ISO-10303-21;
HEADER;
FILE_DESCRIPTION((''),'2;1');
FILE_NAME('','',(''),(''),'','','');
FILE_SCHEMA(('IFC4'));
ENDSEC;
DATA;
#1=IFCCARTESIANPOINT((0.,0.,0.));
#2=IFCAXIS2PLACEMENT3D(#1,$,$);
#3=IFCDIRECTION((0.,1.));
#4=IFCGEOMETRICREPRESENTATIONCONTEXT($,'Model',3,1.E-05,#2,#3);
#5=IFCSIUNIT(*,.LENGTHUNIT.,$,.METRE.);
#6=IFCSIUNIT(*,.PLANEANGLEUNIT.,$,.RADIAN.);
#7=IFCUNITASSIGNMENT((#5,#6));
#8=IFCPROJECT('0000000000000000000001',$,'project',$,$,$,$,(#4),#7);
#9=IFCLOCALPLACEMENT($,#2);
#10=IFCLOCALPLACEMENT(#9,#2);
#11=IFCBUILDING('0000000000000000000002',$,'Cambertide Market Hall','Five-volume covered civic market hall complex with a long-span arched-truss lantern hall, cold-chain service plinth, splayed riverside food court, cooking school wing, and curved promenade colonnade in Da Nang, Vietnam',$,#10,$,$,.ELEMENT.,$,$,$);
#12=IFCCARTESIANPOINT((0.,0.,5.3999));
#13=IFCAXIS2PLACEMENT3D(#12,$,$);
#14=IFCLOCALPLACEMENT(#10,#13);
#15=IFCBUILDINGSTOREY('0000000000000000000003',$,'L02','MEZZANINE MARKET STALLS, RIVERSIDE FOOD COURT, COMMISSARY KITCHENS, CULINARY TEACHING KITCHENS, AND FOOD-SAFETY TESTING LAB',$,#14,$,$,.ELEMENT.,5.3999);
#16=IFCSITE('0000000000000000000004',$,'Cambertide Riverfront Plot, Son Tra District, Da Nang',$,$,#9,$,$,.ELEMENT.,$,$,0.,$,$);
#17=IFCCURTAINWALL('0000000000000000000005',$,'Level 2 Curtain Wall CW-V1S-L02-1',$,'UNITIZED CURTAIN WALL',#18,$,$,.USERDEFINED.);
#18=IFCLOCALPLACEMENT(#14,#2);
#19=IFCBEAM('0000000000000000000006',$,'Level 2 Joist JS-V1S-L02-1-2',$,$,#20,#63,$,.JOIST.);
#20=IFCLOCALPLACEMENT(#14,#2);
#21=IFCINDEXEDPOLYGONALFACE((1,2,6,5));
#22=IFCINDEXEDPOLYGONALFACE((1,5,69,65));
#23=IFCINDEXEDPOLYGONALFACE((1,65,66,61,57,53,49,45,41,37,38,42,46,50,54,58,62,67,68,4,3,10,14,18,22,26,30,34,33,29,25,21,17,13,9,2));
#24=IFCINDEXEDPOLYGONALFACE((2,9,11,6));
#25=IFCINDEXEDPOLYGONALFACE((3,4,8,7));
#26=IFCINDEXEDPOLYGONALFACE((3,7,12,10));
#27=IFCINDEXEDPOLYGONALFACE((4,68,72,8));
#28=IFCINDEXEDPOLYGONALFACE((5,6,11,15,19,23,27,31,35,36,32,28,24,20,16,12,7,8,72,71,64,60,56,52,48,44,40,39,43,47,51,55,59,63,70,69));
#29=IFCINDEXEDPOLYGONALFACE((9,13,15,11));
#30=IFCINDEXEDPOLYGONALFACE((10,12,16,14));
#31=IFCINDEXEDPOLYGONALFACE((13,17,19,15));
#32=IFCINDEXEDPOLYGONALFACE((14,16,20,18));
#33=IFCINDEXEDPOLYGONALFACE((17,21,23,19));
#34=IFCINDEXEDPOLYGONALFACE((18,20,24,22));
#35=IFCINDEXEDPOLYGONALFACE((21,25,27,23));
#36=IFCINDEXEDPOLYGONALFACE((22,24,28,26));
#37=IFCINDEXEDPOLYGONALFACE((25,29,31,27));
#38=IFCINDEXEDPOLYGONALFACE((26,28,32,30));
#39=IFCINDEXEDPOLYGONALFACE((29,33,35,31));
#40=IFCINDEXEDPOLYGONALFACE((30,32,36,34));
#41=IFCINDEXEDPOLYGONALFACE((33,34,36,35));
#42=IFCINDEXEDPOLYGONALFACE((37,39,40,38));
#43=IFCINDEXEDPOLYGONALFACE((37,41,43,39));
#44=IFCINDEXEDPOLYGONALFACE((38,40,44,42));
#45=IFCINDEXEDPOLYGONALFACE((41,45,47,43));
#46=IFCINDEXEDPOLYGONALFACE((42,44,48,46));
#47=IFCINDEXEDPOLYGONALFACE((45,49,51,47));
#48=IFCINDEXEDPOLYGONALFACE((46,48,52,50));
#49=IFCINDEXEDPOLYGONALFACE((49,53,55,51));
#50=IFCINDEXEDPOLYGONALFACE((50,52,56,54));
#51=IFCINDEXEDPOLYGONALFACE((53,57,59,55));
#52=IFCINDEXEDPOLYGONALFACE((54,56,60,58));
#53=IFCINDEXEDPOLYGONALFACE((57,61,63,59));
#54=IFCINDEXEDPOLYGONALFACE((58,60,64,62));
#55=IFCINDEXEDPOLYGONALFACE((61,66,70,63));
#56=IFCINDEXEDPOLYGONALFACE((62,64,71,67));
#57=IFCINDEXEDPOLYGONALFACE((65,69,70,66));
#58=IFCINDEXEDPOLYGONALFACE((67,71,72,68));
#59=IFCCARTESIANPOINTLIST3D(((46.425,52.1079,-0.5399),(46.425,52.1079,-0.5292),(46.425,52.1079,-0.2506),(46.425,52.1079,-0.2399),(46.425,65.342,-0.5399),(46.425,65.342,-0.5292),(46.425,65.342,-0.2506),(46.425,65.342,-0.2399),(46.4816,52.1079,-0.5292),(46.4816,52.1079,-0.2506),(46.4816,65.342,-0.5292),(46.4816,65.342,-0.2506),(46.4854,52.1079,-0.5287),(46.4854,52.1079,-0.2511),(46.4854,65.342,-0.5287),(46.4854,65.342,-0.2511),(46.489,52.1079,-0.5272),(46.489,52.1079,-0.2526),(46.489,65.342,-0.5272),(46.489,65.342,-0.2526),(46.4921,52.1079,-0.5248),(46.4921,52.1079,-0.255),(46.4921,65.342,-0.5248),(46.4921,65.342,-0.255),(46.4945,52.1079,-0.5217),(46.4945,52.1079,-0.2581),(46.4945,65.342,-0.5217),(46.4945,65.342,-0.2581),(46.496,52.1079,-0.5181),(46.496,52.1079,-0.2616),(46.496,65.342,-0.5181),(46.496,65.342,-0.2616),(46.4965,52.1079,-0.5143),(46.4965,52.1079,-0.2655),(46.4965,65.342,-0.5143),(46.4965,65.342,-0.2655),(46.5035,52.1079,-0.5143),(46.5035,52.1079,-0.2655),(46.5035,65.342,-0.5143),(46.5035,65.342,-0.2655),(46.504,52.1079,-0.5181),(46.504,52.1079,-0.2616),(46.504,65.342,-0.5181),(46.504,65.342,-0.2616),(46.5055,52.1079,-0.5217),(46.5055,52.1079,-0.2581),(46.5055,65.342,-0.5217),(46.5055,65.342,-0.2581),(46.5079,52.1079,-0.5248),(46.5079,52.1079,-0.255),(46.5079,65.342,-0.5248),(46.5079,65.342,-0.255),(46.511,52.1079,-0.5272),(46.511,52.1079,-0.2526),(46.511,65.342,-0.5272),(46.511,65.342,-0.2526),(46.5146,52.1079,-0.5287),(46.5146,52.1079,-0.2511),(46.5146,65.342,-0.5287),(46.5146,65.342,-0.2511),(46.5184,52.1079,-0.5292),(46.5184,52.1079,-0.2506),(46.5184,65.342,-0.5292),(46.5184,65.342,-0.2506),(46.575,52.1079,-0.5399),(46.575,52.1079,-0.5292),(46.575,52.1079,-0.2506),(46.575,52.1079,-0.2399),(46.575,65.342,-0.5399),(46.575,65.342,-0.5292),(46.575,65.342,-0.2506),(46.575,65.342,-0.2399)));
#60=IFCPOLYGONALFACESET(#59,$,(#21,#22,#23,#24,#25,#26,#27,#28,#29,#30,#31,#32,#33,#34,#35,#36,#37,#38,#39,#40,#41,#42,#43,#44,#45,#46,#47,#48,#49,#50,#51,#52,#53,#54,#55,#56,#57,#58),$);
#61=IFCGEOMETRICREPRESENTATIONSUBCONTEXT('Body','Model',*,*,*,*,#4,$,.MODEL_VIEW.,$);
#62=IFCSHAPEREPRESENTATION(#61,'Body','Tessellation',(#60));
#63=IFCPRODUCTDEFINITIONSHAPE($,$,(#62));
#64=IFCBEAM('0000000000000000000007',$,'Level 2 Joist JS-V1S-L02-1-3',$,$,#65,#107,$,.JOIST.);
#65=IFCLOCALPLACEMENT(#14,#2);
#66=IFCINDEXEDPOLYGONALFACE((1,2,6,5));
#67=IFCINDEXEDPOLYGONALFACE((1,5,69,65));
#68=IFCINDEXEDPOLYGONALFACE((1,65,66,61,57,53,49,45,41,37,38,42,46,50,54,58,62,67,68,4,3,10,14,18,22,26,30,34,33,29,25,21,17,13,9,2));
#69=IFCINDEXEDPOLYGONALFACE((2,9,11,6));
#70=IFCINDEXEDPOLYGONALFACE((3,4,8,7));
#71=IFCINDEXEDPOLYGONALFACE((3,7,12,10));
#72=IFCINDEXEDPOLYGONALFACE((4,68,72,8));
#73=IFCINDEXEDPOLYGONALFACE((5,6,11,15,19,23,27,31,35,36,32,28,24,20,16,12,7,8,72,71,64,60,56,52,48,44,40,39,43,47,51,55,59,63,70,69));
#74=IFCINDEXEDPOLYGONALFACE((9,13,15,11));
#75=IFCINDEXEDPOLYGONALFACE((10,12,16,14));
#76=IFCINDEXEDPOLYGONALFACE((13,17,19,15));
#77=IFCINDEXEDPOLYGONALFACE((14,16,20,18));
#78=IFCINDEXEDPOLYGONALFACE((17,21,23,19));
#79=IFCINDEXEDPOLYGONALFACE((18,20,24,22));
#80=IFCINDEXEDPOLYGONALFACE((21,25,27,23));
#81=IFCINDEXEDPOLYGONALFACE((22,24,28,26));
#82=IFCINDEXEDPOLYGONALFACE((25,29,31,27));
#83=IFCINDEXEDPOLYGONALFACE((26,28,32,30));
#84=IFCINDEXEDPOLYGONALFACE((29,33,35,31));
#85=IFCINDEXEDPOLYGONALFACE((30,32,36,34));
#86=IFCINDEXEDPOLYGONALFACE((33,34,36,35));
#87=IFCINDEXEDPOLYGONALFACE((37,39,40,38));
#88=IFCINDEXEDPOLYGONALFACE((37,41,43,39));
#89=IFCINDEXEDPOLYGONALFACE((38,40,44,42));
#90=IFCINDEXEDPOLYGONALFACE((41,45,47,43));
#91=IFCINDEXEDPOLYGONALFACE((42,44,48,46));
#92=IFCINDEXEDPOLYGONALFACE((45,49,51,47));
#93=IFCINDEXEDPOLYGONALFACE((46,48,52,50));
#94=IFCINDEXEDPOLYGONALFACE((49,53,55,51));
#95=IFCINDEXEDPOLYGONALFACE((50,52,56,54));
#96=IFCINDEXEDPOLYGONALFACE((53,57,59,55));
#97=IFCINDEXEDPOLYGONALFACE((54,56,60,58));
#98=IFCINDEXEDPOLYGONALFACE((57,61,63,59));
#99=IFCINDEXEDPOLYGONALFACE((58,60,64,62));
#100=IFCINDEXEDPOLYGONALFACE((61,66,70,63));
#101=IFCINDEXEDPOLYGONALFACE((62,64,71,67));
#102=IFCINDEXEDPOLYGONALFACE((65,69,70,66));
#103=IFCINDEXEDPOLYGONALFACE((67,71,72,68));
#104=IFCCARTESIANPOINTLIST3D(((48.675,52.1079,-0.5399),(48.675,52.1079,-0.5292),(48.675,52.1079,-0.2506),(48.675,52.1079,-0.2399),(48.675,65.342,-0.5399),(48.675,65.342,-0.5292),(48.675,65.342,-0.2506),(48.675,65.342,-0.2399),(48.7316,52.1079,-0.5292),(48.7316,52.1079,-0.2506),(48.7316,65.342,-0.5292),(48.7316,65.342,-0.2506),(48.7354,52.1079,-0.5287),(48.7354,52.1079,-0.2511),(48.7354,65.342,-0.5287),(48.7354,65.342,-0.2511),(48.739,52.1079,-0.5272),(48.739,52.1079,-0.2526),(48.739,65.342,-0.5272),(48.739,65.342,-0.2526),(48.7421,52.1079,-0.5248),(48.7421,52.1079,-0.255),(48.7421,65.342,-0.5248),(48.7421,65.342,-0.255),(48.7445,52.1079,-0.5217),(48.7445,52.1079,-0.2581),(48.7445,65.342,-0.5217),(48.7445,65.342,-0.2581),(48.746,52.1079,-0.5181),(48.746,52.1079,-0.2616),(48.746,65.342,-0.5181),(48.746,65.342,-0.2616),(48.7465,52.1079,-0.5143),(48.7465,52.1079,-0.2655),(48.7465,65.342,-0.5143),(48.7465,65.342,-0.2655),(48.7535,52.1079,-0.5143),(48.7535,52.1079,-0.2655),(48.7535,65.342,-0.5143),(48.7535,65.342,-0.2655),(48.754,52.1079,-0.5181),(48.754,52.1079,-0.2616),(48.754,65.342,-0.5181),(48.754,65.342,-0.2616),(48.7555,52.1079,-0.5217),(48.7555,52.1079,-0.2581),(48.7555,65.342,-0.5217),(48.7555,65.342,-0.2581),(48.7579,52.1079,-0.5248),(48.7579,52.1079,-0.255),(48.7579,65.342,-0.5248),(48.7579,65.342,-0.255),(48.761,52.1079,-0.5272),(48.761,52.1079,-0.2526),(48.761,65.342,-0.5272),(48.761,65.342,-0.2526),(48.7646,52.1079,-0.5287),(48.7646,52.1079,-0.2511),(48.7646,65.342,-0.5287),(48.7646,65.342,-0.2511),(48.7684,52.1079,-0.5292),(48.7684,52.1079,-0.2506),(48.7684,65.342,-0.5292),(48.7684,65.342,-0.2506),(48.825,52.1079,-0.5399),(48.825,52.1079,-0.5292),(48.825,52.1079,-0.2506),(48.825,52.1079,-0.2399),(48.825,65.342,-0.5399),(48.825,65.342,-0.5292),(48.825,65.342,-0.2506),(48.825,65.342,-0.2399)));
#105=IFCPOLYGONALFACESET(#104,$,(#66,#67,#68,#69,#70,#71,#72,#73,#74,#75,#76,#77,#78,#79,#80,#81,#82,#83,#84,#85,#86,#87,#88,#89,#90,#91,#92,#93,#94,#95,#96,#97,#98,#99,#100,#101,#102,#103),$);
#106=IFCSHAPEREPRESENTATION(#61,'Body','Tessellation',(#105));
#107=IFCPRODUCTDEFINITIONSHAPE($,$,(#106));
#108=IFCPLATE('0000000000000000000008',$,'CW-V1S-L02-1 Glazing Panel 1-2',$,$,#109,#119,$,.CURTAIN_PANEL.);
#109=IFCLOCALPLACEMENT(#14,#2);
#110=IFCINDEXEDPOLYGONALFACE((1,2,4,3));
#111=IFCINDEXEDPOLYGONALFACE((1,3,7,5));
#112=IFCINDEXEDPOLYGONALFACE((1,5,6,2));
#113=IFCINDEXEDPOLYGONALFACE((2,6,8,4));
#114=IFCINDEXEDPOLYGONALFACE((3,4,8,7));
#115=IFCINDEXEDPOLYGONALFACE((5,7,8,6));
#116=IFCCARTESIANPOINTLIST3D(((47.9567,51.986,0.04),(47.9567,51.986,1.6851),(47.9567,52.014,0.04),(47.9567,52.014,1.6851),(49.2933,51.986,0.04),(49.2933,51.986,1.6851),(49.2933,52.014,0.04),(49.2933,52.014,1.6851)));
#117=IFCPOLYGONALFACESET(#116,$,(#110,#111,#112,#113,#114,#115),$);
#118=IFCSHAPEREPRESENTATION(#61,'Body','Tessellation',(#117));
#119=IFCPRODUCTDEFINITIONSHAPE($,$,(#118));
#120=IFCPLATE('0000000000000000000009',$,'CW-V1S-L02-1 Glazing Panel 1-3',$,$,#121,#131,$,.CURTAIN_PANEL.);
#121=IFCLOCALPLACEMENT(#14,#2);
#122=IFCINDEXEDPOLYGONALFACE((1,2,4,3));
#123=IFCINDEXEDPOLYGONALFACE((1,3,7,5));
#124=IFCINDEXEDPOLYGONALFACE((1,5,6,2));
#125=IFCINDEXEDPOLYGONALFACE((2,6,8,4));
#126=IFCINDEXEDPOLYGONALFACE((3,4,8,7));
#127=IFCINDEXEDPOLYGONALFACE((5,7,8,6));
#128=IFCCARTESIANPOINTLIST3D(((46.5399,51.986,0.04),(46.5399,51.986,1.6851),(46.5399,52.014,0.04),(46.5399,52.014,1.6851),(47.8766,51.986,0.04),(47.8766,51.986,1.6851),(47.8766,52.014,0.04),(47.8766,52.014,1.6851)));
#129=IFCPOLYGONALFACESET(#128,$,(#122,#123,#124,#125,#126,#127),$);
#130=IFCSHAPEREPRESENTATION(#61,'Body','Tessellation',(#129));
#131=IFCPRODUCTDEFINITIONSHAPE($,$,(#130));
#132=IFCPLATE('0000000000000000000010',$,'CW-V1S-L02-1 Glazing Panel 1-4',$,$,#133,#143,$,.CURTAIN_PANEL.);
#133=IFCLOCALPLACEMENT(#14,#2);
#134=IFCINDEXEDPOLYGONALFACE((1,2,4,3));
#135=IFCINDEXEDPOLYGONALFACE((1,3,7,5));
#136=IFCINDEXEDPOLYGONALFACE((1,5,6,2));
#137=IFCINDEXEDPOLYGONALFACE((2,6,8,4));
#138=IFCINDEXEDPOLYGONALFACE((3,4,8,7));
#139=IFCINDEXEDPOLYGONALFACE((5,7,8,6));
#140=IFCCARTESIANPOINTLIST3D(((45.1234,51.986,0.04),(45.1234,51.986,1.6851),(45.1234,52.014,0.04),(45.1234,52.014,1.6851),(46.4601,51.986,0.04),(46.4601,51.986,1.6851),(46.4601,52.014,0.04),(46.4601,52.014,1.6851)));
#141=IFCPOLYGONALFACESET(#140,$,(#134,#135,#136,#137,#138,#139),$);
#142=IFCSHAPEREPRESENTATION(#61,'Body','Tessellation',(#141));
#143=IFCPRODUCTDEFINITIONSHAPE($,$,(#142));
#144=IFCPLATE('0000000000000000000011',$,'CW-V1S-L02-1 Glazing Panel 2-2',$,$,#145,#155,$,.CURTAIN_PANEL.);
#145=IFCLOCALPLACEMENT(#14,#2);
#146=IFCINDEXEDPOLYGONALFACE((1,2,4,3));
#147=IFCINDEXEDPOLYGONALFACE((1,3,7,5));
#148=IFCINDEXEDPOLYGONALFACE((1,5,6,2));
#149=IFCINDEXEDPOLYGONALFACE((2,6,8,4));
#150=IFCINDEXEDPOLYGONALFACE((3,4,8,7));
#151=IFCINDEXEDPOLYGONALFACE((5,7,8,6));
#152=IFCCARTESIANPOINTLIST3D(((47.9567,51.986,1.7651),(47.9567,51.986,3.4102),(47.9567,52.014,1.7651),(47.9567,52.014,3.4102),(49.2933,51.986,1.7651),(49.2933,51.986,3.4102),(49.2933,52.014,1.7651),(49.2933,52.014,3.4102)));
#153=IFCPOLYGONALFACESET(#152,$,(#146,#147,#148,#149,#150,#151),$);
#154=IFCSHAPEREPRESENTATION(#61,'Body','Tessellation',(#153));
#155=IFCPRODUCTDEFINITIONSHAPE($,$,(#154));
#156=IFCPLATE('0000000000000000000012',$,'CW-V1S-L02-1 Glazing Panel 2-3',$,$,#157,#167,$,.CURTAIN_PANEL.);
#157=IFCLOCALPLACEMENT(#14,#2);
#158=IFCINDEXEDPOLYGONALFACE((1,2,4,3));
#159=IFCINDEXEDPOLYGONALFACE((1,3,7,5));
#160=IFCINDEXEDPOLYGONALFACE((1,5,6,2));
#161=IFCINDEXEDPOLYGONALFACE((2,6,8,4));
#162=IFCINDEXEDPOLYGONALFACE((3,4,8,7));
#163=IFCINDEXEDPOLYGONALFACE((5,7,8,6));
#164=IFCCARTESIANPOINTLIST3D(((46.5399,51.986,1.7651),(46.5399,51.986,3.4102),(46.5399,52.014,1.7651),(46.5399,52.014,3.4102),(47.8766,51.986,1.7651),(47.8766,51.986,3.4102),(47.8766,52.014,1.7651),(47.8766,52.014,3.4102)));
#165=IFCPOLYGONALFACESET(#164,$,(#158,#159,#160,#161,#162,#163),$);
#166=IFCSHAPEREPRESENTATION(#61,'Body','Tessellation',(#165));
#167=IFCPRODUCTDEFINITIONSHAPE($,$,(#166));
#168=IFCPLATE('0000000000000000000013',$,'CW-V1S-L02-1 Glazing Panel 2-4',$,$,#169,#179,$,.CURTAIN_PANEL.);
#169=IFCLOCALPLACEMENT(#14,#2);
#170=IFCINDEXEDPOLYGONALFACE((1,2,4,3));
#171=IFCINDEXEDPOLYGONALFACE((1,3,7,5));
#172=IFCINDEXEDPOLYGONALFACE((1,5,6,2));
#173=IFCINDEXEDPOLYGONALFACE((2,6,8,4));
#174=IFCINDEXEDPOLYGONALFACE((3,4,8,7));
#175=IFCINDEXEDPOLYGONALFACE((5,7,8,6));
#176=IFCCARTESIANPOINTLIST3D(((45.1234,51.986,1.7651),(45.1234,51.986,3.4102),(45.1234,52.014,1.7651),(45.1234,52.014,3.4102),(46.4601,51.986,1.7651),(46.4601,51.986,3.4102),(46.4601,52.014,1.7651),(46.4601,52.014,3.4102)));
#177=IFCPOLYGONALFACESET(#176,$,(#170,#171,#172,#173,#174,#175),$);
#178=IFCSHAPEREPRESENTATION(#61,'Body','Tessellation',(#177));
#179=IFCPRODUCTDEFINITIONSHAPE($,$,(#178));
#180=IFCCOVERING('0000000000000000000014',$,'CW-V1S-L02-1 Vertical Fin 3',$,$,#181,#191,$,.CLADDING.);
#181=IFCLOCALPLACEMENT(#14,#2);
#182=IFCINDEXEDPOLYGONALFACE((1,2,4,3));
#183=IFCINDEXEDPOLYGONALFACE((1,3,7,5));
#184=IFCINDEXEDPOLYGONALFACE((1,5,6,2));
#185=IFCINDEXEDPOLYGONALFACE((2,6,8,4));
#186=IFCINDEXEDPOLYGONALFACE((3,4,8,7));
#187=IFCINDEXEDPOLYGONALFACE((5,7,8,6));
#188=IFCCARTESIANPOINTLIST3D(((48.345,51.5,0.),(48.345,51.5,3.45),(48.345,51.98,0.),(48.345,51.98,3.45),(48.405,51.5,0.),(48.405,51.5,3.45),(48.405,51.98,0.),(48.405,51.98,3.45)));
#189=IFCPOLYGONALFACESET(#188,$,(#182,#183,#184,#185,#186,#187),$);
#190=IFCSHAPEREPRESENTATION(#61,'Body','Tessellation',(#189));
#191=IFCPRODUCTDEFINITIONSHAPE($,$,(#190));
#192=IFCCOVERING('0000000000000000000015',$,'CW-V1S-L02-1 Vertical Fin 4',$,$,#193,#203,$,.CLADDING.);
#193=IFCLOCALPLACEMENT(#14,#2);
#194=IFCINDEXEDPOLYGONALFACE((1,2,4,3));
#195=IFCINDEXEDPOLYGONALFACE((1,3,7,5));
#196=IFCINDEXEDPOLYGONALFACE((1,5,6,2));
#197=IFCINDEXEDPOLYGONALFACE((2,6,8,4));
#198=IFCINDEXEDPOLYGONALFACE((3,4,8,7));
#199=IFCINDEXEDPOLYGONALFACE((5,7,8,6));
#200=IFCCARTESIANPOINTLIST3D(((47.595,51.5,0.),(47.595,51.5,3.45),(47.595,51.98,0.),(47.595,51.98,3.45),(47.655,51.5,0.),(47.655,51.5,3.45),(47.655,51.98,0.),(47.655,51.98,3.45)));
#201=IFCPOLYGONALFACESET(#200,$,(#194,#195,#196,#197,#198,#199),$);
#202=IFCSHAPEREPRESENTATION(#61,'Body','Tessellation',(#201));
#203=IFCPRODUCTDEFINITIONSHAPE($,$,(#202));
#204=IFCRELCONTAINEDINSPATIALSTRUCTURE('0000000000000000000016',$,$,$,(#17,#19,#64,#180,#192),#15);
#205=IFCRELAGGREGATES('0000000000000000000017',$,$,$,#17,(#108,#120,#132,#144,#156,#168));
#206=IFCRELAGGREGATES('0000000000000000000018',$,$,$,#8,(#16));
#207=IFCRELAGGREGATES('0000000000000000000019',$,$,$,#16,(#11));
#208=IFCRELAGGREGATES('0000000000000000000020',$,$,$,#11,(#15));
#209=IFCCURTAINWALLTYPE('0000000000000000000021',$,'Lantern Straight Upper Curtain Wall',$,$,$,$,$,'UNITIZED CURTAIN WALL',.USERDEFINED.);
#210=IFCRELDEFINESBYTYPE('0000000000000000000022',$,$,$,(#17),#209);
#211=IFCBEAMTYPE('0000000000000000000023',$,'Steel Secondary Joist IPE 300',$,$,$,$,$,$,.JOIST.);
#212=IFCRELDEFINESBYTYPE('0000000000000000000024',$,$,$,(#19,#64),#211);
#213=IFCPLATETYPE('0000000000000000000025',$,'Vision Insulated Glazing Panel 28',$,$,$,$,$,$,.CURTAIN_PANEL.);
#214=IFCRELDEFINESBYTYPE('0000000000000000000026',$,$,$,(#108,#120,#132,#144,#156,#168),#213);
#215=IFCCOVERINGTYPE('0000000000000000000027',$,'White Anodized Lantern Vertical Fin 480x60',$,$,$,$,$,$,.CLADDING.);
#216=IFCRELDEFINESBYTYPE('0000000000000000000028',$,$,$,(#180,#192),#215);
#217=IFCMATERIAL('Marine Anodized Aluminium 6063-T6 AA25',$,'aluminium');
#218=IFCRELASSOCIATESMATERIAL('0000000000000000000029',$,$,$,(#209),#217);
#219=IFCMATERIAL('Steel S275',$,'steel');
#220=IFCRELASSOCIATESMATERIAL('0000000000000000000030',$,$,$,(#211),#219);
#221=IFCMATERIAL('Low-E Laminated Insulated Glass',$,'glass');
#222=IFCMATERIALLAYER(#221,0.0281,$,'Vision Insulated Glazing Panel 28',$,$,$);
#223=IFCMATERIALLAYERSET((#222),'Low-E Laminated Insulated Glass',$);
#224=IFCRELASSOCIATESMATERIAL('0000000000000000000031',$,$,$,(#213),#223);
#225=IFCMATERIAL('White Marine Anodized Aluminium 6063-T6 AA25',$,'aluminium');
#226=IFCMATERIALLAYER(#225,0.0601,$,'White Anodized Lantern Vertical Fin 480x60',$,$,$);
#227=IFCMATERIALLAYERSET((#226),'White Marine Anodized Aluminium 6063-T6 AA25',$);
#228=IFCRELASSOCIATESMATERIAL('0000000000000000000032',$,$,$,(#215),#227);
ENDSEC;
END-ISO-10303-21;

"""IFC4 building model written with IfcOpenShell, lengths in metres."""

from ifc_helpers import new_model, si_unit, direction, frame, origin, origin_2d, place, context, subcontext, project, spatial, rectangle, i_section, extrude, material, layer, layer_set, material_profile, profile_set, type_object, element, aggregate, save


model = new_model("IFC4")

# Units and contexts
model_context = context("Model", 3, precision=1e-05, world=origin(), true_north=direction((0.0, 1.0)))
body_context = subcontext(model_context, "Body", "Model", "MODEL_VIEW")
ifc_project = project(units=[si_unit("LENGTHUNIT", "METRE"), si_unit("PLANEANGLEUNIT", "RADIAN")], contexts=[model_context])

# Site, building, storey
site_placement = place(None, origin())
site = spatial("IfcSite", under=ifc_project, at=site_placement, Name="Cambertide Riverfront Plot, Son Tra District, Da Nang", CompositionType="ELEMENT", RefElevation=0.0)
building_placement = place(site_placement, origin())
building = spatial("IfcBuilding", under=site, at=building_placement, Name="Cambertide Market Hall", Description="Five-volume covered civic market hall complex with a long-span arched-truss lantern hall, cold-chain service plinth, splayed riverside food court, cooking school wing, and curved promenade colonnade in Da Nang, Vietnam", CompositionType="ELEMENT")
storey_placement = place(building_placement, frame((0.0, 0.0, 5.3999)))
storey = spatial("IfcBuildingStorey", under=building, at=storey_placement, Name="L02", Description="MEZZANINE MARKET STALLS, RIVERSIDE FOOD COURT, COMMISSARY KITCHENS, CULINARY TEACHING KITCHENS, AND FOOD-SAFETY TESTING LAB", CompositionType="ELEMENT", Elevation=5.3999)

# Curtain wall
ifc_material_1 = material(Name="Marine Anodized Aluminium 6063-T6 AA25", Category="aluminium")
curtain_wall_type = type_object("IfcCurtainWallType", Name="Lantern Straight Upper Curtain Wall", ElementType="UNITIZED CURTAIN WALL", PredefinedType="USERDEFINED", material=ifc_material_1)
curtain_wall_placement = place(storey_placement, origin())
curtain_wall = element("IfcCurtainWall", 1, at=curtain_wall_placement, inside=storey, type_object=curtain_wall_type, Name="Level 2 Curtain Wall CW-V1S-L02-1", ObjectType="UNITIZED CURTAIN WALL", PredefinedType="USERDEFINED")

# Beams
ifc_material_2 = material(Name="Steel S275", Category="steel")
ifc_material_profile_1 = material_profile(ifc_material_2, i_section(OverallWidth=0.1499, OverallDepth=0.3, WebThickness=0.0071, FlangeThickness=0.0107, FilletRadius=0.0149, at=origin_2d()), Name="IPE 300")
ifc_profile_set_1 = profile_set([ifc_material_profile_1], Name="Steel S275")
beam_type = type_object("IfcBeamType", Name="Steel Secondary Joist IPE 300", PredefinedType="JOIST", material=ifc_profile_set_1)
for number, where, z_axis, x_axis, name in (
    (2, (46.5, 52.1079, -0.3899), (0.0, 1.0, 0.0), (-1.0, 0.0, 0.0), "Level 2 Joist JS-V1S-L02-1-2"),
    (3, (48.75, 52.1079, -0.3899), (0.0, 1.0, 0.0), (-1.0, 0.0, 0.0), "Level 2 Joist JS-V1S-L02-1-3"),
):
    element("IfcBeam", number, at=place(storey_placement, frame(where, z_axis=z_axis, x_axis=x_axis)), inside=storey, type_object=beam_type, Name=name, PredefinedType="JOIST", context=body_context, shape_type="SweptSolid", body=[
        extrude(i_section(OverallWidth=0.1499, OverallDepth=0.3, WebThickness=0.0071, FlangeThickness=0.0107, FilletRadius=0.0149, at=origin_2d()), origin(), (0.0, 0.0, 1.0), 13.2341),
    ])

# Plates
ifc_material_3 = material(Name="Low-E Laminated Insulated Glass", Category="glass")
ifc_layer_1 = layer(ifc_material_3, 0.0281, Name="Vision Insulated Glazing Panel 28")
ifc_layer_set_1 = layer_set([ifc_layer_1], Name="Low-E Laminated Insulated Glass")
plate_type = type_object("IfcPlateType", Name="Vision Insulated Glazing Panel 28", PredefinedType="CURTAIN_PANEL", material=ifc_layer_set_1)
plate_1_placement = place(storey_placement, frame((48.625, 52.0, 0.04), z_axis=(0.0, 0.0, 1.0), x_axis=(-1.0, 0.0, 0.0)))
plate_1 = element("IfcPlate", 4, at=plate_1_placement, type_object=plate_type, Name="CW-V1S-L02-1 Glazing Panel 1-2", PredefinedType="CURTAIN_PANEL", context=body_context, shape_type="SweptSolid", body=[
    extrude(rectangle(XDim=1.3367, YDim=0.0281, at=origin_2d()), origin(), (0.0, 0.0, 1.0), 1.645),
])
plate_2_placement = place(storey_placement, frame((47.2083, 52.0, 0.04), z_axis=(0.0, 0.0, 1.0), x_axis=(-1.0, 0.0, 0.0)))
plate_2 = element("IfcPlate", 5, at=plate_2_placement, type_object=plate_type, Name="CW-V1S-L02-1 Glazing Panel 1-3", PredefinedType="CURTAIN_PANEL", context=body_context, shape_type="SweptSolid", body=[
    extrude(rectangle(XDim=1.3367, YDim=0.0281, at=origin_2d()), origin(), (0.0, 0.0, 1.0), 1.645),
])
plate_3_placement = place(storey_placement, frame((45.7917, 52.0, 0.04), z_axis=(0.0, 0.0, 1.0), x_axis=(-1.0, 0.0, 0.0)))
plate_3 = element("IfcPlate", 6, at=plate_3_placement, type_object=plate_type, Name="CW-V1S-L02-1 Glazing Panel 1-4", PredefinedType="CURTAIN_PANEL", context=body_context, shape_type="SweptSolid", body=[
    extrude(rectangle(XDim=1.3367, YDim=0.0281, at=origin_2d()), origin(), (0.0, 0.0, 1.0), 1.645),
])
plate_4_placement = place(storey_placement, frame((48.625, 52.0, 1.7651), z_axis=(0.0, 0.0, 1.0), x_axis=(-1.0, 0.0, 0.0)))
plate_4 = element("IfcPlate", 7, at=plate_4_placement, type_object=plate_type, Name="CW-V1S-L02-1 Glazing Panel 2-2", PredefinedType="CURTAIN_PANEL", context=body_context, shape_type="SweptSolid", body=[
    extrude(rectangle(XDim=1.3367, YDim=0.0281, at=origin_2d()), origin(), (0.0, 0.0, 1.0), 1.645),
])
plate_5_placement = place(storey_placement, frame((47.2083, 52.0, 1.7651), z_axis=(0.0, 0.0, 1.0), x_axis=(-1.0, 0.0, 0.0)))
plate_5 = element("IfcPlate", 8, at=plate_5_placement, type_object=plate_type, Name="CW-V1S-L02-1 Glazing Panel 2-3", PredefinedType="CURTAIN_PANEL", context=body_context, shape_type="SweptSolid", body=[
    extrude(rectangle(XDim=1.3367, YDim=0.0281, at=origin_2d()), origin(), (0.0, 0.0, 1.0), 1.645),
])
plate_6_placement = place(storey_placement, frame((45.7917, 52.0, 1.7651), z_axis=(0.0, 0.0, 1.0), x_axis=(-1.0, 0.0, 0.0)))
plate_6 = element("IfcPlate", 9, at=plate_6_placement, type_object=plate_type, Name="CW-V1S-L02-1 Glazing Panel 2-4", PredefinedType="CURTAIN_PANEL", context=body_context, shape_type="SweptSolid", body=[
    extrude(rectangle(XDim=1.3367, YDim=0.0281, at=origin_2d()), origin(), (0.0, 0.0, 1.0), 1.645),
])
aggregate(curtain_wall, [plate_1, plate_2, plate_3, plate_4, plate_5, plate_6])

# Coverings
ifc_material_4 = material(Name="White Marine Anodized Aluminium 6063-T6 AA25", Category="aluminium")
ifc_layer_2 = layer(ifc_material_4, 0.0601, Name="White Anodized Lantern Vertical Fin 480x60")
ifc_layer_set_2 = layer_set([ifc_layer_2], Name="White Marine Anodized Aluminium 6063-T6 AA25")
covering_type = type_object("IfcCoveringType", Name="White Anodized Lantern Vertical Fin 480x60", PredefinedType="CLADDING", material=ifc_layer_set_2)
for number, where, z_axis, x_axis, name in (
    (10, (48.375, 51.74, 0.0), (0.0, 0.0, 1.0), (-1.0, 0.0, 0.0), "CW-V1S-L02-1 Vertical Fin 3"),
    (11, (47.625, 51.74, 0.0), (0.0, 0.0, 1.0), (-1.0, 0.0, 0.0), "CW-V1S-L02-1 Vertical Fin 4"),
):
    element("IfcCovering", number, at=place(storey_placement, frame(where, z_axis=z_axis, x_axis=x_axis)), inside=storey, type_object=covering_type, Name=name, PredefinedType="CLADDING", context=body_context, shape_type="SweptSolid", body=[
        extrude(rectangle(XDim=0.0601, YDim=0.48, at=origin_2d()), origin(), (0.0, 0.0, 1.0), 3.45),
    ])

save(model, "model.ifc")
